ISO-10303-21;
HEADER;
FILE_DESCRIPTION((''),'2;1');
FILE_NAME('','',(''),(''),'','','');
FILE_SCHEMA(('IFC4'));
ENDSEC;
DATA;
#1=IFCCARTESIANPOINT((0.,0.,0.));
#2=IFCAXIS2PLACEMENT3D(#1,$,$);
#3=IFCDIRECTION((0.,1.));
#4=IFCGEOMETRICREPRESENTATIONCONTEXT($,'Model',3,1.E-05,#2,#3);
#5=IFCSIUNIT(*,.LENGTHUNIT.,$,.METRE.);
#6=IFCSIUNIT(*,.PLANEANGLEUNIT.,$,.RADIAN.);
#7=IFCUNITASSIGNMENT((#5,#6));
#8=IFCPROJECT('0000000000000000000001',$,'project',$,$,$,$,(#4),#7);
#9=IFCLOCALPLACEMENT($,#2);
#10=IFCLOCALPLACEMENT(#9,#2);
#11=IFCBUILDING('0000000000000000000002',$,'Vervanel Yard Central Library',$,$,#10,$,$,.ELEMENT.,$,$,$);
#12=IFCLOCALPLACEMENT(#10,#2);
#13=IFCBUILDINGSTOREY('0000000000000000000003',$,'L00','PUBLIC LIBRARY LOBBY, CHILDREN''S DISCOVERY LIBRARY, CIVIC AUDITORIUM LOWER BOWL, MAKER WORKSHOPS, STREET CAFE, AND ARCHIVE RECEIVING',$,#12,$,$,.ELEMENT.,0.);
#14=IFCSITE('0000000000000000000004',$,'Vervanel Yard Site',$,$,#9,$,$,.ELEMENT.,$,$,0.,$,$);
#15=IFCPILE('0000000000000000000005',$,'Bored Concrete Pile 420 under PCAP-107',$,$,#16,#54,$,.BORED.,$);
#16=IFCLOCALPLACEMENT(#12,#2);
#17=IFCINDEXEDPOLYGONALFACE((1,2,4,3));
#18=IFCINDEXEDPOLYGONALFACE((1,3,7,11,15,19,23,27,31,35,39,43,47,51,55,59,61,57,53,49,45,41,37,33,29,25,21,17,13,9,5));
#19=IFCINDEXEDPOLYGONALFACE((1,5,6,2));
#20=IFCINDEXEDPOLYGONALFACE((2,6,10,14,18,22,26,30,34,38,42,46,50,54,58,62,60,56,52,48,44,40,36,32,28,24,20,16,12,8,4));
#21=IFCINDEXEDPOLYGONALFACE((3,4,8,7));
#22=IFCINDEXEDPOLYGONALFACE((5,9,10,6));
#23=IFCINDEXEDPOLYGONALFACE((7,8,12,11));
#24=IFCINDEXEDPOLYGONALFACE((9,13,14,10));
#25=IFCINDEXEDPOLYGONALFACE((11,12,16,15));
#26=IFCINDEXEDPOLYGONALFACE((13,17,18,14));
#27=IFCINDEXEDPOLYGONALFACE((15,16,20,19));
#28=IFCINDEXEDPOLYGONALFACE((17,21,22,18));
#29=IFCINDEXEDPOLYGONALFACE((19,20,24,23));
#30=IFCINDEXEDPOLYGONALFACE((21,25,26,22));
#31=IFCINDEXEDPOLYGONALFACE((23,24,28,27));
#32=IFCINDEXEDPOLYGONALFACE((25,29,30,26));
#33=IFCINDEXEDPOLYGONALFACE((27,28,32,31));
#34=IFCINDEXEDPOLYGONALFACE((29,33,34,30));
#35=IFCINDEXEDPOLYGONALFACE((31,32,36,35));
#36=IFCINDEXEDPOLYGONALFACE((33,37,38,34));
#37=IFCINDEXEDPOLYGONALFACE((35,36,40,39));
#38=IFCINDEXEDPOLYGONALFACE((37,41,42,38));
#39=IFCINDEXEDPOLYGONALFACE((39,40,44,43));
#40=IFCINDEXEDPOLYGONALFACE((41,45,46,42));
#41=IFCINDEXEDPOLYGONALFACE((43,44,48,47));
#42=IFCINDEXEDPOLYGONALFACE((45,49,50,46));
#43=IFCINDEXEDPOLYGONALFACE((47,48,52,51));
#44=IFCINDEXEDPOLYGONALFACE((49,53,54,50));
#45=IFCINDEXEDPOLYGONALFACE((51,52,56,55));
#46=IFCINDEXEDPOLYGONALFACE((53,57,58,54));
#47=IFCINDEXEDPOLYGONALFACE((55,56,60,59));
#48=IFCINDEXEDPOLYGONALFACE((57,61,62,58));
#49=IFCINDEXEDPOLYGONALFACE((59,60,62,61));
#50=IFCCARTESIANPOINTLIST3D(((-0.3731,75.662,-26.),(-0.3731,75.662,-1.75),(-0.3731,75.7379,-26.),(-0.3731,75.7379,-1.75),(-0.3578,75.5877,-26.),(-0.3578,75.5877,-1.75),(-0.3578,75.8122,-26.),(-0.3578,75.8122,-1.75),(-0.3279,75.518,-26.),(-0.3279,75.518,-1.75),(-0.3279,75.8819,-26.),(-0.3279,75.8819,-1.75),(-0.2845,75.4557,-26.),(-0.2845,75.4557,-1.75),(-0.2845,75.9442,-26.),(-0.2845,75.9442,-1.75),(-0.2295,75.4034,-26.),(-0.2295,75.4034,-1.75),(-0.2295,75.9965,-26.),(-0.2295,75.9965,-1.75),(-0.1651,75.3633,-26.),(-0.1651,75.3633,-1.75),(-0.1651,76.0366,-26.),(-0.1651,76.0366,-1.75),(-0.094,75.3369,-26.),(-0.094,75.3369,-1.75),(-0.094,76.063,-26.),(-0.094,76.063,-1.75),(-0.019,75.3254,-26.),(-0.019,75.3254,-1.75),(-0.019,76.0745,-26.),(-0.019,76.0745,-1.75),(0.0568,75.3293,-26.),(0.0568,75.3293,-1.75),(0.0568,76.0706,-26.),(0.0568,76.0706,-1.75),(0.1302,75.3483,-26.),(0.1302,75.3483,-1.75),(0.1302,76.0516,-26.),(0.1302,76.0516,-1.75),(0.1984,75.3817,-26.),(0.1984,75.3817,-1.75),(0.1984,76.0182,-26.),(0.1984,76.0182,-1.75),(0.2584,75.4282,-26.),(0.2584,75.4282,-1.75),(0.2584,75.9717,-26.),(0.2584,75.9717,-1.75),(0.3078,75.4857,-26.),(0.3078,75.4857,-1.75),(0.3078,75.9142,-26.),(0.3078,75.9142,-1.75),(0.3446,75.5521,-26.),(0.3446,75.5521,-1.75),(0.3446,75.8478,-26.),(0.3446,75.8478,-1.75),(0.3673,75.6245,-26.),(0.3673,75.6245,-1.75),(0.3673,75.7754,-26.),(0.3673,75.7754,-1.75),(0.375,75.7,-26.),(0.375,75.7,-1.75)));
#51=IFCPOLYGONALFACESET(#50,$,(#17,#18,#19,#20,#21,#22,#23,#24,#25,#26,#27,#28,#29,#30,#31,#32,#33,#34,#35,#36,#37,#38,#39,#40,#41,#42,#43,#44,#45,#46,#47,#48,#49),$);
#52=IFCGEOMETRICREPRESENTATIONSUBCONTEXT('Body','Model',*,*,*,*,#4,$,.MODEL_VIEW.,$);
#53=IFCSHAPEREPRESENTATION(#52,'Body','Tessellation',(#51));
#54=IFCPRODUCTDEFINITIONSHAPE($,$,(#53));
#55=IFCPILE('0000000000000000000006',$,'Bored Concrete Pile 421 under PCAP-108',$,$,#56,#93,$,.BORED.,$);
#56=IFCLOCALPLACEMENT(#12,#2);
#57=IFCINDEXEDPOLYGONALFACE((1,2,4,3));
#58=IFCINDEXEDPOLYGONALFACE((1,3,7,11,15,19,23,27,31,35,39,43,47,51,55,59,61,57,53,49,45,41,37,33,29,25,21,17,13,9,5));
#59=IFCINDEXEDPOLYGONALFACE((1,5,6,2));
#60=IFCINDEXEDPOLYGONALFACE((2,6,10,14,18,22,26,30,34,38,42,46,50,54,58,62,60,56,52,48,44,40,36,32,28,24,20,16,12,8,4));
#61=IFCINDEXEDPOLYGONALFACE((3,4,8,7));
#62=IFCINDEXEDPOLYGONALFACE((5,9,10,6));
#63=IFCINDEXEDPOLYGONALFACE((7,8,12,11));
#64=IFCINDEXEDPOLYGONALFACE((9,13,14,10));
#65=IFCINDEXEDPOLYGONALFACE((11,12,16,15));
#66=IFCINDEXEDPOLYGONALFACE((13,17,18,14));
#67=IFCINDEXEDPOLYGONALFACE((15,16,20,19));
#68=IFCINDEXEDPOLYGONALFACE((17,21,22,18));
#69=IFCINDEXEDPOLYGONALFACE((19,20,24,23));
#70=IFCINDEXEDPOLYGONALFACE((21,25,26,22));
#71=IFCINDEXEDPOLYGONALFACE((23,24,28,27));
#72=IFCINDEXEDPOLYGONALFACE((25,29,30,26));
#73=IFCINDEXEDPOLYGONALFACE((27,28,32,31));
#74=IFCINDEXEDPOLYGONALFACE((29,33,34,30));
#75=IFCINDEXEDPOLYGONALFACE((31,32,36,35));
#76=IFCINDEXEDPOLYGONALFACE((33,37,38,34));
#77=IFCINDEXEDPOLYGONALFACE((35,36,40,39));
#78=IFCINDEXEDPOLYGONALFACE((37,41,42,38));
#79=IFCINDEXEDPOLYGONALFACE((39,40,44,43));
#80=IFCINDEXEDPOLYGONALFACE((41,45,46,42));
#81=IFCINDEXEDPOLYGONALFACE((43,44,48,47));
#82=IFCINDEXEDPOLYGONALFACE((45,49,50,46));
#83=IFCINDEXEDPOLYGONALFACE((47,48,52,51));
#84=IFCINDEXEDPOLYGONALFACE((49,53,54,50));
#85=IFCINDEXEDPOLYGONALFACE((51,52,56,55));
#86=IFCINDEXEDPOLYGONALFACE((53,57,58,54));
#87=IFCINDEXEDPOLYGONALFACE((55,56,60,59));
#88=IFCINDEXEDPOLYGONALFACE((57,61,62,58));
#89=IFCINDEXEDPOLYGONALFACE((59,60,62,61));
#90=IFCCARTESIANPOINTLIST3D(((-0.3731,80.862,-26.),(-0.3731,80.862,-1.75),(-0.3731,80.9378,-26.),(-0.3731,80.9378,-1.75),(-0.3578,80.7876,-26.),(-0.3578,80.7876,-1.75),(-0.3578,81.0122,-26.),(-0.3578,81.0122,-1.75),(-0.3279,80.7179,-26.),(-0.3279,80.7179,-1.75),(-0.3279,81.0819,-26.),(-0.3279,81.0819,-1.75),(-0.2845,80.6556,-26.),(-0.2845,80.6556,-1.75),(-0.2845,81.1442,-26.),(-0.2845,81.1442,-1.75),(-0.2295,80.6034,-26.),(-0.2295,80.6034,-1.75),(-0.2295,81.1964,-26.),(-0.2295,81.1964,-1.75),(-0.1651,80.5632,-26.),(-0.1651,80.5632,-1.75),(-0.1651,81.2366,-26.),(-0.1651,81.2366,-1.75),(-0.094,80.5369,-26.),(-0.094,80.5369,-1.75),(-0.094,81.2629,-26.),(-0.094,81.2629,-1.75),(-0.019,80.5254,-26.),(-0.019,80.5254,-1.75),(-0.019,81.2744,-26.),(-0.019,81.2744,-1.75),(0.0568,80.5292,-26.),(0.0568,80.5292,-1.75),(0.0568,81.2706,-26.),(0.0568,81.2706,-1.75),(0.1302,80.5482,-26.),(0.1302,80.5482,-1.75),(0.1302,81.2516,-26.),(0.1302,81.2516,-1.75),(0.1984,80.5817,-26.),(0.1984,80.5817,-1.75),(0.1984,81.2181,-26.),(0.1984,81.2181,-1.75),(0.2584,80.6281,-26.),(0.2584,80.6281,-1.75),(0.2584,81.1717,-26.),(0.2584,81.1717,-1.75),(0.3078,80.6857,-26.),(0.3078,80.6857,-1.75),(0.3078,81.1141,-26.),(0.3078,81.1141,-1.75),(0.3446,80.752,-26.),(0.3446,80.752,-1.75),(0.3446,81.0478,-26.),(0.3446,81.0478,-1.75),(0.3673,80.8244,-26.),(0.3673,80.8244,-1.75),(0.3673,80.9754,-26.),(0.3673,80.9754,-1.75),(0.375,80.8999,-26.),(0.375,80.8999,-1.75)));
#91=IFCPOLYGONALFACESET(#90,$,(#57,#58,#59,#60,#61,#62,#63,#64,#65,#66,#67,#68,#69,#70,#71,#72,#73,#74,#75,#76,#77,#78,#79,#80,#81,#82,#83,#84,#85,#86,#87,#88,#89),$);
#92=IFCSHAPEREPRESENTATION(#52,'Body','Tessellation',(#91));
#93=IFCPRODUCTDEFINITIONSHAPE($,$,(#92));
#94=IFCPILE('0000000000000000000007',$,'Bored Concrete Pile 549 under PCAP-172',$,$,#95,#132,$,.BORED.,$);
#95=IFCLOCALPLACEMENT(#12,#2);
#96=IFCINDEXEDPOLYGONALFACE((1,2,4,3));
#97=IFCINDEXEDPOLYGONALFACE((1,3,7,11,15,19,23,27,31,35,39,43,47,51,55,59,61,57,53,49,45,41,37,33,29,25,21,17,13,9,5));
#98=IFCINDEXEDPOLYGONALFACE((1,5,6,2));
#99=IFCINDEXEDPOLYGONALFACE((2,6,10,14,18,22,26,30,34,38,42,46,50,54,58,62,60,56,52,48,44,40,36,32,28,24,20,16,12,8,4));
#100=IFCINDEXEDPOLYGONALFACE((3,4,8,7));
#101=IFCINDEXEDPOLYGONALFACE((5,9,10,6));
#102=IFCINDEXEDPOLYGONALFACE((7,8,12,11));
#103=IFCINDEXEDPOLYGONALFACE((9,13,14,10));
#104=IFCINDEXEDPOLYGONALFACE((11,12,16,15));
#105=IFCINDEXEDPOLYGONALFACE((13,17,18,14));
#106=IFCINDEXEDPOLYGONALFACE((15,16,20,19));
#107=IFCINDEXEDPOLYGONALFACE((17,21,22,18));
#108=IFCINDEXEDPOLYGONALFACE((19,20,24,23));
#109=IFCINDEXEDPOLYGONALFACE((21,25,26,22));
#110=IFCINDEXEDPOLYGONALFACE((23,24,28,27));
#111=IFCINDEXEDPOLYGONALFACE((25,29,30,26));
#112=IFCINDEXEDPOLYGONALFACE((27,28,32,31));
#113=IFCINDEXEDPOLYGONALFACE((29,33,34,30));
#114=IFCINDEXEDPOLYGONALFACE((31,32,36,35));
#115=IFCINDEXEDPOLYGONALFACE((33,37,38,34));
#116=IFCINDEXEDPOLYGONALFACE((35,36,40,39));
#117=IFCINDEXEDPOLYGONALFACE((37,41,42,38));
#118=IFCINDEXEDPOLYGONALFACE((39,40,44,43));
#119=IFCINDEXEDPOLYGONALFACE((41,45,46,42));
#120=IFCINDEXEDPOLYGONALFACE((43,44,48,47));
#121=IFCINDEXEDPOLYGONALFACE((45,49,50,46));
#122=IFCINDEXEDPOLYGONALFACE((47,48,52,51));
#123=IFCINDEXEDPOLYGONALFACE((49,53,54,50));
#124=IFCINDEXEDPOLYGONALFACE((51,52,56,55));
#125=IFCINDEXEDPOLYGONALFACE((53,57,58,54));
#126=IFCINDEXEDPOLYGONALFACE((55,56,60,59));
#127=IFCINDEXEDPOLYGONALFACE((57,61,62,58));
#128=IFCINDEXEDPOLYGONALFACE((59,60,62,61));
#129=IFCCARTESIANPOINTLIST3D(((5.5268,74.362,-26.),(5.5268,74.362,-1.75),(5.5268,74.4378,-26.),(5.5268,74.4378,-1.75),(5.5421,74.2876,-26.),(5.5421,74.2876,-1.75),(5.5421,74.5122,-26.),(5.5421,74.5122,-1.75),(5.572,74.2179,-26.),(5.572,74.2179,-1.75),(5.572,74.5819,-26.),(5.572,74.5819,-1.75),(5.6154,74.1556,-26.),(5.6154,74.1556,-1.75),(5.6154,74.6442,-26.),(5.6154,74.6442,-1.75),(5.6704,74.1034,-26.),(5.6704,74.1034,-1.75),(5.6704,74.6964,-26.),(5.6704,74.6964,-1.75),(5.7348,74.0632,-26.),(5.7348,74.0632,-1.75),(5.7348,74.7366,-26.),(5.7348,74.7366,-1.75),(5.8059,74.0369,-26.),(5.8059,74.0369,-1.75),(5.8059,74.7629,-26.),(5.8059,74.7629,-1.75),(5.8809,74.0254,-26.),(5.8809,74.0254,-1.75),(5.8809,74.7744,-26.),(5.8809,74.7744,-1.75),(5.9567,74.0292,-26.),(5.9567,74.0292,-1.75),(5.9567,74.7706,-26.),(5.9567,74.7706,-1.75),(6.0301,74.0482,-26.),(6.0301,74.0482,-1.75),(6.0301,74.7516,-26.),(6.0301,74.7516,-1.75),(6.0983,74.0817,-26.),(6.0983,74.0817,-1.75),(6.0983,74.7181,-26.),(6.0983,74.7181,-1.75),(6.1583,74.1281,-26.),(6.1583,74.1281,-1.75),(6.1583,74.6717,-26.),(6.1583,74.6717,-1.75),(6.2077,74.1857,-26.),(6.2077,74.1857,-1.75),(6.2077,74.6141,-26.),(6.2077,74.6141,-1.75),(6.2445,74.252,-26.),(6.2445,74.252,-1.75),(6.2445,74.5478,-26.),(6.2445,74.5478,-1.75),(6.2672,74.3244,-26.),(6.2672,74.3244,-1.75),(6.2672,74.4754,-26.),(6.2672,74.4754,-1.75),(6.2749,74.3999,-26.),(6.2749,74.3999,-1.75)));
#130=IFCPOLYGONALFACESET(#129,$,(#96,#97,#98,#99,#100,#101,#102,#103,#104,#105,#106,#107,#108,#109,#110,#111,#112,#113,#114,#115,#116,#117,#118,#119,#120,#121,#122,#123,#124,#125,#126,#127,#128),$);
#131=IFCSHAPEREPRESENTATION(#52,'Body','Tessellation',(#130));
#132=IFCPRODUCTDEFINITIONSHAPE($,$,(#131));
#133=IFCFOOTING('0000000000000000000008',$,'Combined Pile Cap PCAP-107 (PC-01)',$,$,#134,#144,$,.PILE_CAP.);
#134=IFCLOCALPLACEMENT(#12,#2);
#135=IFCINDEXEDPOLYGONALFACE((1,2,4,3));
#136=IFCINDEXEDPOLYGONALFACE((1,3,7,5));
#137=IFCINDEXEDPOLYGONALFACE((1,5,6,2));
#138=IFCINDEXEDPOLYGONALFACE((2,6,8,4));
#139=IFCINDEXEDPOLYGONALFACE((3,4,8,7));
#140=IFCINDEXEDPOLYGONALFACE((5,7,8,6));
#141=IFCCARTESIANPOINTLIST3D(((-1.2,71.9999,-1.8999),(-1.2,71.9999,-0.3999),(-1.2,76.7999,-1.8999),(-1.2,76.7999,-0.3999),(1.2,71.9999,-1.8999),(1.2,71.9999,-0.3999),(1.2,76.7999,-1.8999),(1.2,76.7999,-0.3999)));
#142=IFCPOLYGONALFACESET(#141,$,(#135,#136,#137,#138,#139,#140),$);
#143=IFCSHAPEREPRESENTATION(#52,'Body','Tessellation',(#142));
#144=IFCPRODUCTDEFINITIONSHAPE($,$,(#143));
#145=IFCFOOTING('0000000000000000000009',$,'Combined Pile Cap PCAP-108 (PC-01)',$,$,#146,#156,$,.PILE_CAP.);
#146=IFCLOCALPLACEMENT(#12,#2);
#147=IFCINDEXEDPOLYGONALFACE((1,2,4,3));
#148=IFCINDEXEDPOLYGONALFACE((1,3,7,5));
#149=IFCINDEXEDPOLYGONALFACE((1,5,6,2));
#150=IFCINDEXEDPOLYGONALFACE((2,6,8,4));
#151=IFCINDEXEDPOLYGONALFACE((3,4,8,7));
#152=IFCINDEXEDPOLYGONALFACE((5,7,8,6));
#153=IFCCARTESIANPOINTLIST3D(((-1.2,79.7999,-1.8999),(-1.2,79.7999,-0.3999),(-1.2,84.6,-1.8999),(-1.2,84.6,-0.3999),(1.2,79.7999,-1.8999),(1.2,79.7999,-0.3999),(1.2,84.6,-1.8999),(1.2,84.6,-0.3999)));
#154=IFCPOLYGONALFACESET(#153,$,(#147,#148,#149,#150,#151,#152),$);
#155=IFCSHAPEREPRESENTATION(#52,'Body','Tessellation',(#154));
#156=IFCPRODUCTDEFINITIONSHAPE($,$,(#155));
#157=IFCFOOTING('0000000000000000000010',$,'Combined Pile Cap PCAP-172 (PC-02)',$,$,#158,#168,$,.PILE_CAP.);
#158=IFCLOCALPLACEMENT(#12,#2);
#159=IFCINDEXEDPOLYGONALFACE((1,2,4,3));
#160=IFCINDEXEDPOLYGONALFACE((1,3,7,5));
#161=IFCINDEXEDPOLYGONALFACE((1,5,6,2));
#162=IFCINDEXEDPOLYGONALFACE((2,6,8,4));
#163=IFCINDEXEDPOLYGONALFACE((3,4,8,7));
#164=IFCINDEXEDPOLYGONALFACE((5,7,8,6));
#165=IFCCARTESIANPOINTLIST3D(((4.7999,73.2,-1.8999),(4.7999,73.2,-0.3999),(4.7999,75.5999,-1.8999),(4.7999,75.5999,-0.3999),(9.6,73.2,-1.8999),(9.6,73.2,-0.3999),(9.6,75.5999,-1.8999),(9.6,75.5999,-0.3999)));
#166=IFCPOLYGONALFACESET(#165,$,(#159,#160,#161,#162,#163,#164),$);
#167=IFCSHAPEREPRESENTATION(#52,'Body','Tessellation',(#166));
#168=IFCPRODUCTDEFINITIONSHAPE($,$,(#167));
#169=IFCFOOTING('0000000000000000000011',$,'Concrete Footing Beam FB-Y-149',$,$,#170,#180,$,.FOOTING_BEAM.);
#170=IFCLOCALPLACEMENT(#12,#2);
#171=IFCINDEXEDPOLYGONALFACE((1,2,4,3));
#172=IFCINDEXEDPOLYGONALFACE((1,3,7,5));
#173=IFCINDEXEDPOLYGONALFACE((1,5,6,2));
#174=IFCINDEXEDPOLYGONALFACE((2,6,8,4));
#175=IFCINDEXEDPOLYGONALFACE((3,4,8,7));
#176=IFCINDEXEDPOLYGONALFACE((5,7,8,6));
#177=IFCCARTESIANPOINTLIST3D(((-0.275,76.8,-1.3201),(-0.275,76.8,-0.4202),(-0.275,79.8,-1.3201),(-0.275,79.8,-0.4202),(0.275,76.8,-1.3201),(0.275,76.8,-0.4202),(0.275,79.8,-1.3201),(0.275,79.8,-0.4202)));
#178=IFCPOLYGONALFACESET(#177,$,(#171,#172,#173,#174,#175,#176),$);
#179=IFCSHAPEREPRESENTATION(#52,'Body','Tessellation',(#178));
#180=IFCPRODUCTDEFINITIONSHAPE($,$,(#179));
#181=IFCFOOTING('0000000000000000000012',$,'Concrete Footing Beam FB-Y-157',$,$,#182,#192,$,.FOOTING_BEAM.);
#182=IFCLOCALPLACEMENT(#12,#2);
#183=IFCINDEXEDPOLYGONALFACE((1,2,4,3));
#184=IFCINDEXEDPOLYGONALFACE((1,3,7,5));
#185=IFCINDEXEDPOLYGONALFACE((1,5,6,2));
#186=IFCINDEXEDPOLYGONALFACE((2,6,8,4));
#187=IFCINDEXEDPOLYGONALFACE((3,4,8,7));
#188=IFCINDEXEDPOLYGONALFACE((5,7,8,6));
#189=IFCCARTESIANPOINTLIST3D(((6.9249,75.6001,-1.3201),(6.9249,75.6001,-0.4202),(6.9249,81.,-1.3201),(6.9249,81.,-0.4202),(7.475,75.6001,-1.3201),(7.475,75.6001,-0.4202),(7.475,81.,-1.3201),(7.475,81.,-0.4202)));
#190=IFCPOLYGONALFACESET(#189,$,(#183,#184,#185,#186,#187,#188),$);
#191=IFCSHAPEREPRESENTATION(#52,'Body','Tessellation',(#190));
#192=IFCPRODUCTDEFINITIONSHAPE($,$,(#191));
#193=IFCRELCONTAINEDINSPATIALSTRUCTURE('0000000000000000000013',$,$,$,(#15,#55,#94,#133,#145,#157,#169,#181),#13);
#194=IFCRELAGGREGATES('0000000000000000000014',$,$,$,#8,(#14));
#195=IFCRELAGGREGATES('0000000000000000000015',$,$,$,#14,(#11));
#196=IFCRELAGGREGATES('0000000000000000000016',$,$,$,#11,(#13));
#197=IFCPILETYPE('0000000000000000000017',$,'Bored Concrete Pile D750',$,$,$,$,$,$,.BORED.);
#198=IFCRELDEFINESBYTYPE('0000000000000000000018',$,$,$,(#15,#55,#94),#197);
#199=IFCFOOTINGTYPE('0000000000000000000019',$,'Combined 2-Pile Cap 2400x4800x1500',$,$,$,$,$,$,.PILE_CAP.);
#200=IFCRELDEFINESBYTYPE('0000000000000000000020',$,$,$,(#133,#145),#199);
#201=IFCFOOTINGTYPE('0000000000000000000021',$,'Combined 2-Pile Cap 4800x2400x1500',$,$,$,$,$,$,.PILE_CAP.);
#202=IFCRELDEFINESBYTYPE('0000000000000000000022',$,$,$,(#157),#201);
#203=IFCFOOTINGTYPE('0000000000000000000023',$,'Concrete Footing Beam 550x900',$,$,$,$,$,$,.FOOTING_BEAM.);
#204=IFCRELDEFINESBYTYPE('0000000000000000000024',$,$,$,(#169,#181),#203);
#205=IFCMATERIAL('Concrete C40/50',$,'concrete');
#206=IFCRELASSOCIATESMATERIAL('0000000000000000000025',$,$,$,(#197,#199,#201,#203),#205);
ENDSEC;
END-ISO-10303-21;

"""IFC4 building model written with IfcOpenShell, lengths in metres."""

from ifc_helpers import new_model, si_unit, direction, frame, origin, origin_2d, place, context, subcontext, project, spatial, rectangle, circle, extrude, material, material_profile, profile_set, type_object, element, save


model = new_model("IFC4")

# Units and contexts
model_context = context("Model", 3, precision=1e-05, world=origin(), true_north=direction((0.0, 1.0)))
body_context = subcontext(model_context, "Body", "Model", "MODEL_VIEW")
ifc_project = project(units=[si_unit("LENGTHUNIT", "METRE"), si_unit("PLANEANGLEUNIT", "RADIAN")], contexts=[model_context])

# Site, building, storey
site_placement = place(None, origin())
site = spatial("IfcSite", under=ifc_project, at=site_placement, Name="Vervanel Yard Site", CompositionType="ELEMENT", RefElevation=0.0)
building_placement = place(site_placement, origin())
building = spatial("IfcBuilding", under=site, at=building_placement, Name="Vervanel Yard Central Library", CompositionType="ELEMENT")
storey_placement = place(building_placement, origin())
storey = spatial("IfcBuildingStorey", under=building, at=storey_placement, Name="L00", Description="PUBLIC LIBRARY LOBBY, CHILDREN'S DISCOVERY LIBRARY, CIVIC AUDITORIUM LOWER BOWL, MAKER WORKSHOPS, STREET CAFE, AND ARCHIVE RECEIVING", CompositionType="ELEMENT", Elevation=0.0)

# Piles
ifc_material_1 = material(Name="Concrete C40/50", Category="concrete")
ifc_material_profile_1 = material_profile(ifc_material_1, circle(Radius=0.375, at=origin_2d()), Name="BP D750", Category="concrete")
ifc_profile_set_1 = profile_set([ifc_material_profile_1], Name="Concrete C40/50")
pile_type = type_object("IfcPileType", Name="Bored Concrete Pile D750", PredefinedType="BORED", material=ifc_profile_set_1)
for number, where, z_axis, x_axis, name in (
    (1, (0.0, 75.7, -1.75), (0.0, 0.0, -1.0), (1.0, 0.0, 0.0), "Bored Concrete Pile 420 under PCAP-107"),
    (2, (0.0, 80.8999, -1.75), (0.0, 0.0, -1.0), (1.0, 0.0, 0.0), "Bored Concrete Pile 421 under PCAP-108"),
    (3, (5.8999, 74.3999, -1.75), (0.0, 0.0, -1.0), (1.0, 0.0, 0.0), "Bored Concrete Pile 549 under PCAP-172"),
):
    element("IfcPile", number, at=place(storey_placement, frame(where, z_axis=z_axis, x_axis=x_axis)), inside=storey, type_object=pile_type, Name=name, PredefinedType="BORED", context=body_context, shape_type="SweptSolid", body=[
        extrude(circle(Radius=0.375, at=origin_2d()), origin(), (0.0, 0.0, 1.0), 24.25),
    ])

# Footings
footing_type_1 = type_object("IfcFootingType", Name="Combined 2-Pile Cap 2400x4800x1500", PredefinedType="PILE_CAP", material=ifc_material_1)
for number, where, z_axis, x_axis, name in (
    (4, (0.0, 74.3999, -1.8999), (0.0, 0.0, 1.0), (1.0, 0.0, 0.0), "Combined Pile Cap PCAP-107 (PC-01)"),
    (5, (0.0, 82.2, -1.8999), (0.0, 0.0, 1.0), (1.0, 0.0, 0.0), "Combined Pile Cap PCAP-108 (PC-01)"),
):
    element("IfcFooting", number, at=place(storey_placement, frame(where, z_axis=z_axis, x_axis=x_axis)), inside=storey, type_object=footing_type_1, Name=name, PredefinedType="PILE_CAP", context=body_context, shape_type="SweptSolid", body=[
        extrude(rectangle(XDim=2.3999, YDim=4.8, at=origin_2d()), origin(), (0.0, 0.0, 1.0), 1.5),
    ])
footing_type_2 = type_object("IfcFootingType", Name="Combined 2-Pile Cap 4800x2400x1500", PredefinedType="PILE_CAP", material=ifc_material_1)
footing_1_placement = place(storey_placement, frame((7.2, 74.3999, -1.8999), z_axis=(0.0, 0.0, 1.0), x_axis=(1.0, 0.0, 0.0)))
element("IfcFooting", 6, at=footing_1_placement, inside=storey, type_object=footing_type_2, Name="Combined Pile Cap PCAP-172 (PC-02)", PredefinedType="PILE_CAP", context=body_context, shape_type="SweptSolid", body=[
    extrude(rectangle(XDim=4.8, YDim=2.3999, at=origin_2d()), origin(), (0.0, 0.0, 1.0), 1.5),
])
ifc_material_profile_2 = material_profile(ifc_material_1, rectangle(XDim=0.55, YDim=0.8999, at=origin_2d()), Name="RC 550x900", Category="concrete")
ifc_profile_set_2 = profile_set([ifc_material_profile_2], Name="Concrete C40/50")
footing_type_3 = type_object("IfcFootingType", Name="Concrete Footing Beam 550x900", PredefinedType="FOOTING_BEAM", material=ifc_profile_set_2)
footing_2_placement = place(storey_placement, frame((0.0, 76.8, -0.8701), z_axis=(0.0, 1.0, 0.0), x_axis=(-1.0, 0.0, 0.0)))
element("IfcFooting", 7, at=footing_2_placement, inside=storey, type_object=footing_type_3, Name="Concrete Footing Beam FB-Y-149", PredefinedType="FOOTING_BEAM", context=body_context, shape_type="SweptSolid", body=[
    extrude(rectangle(XDim=0.55, YDim=0.8999, at=origin_2d()), origin(), (0.0, 0.0, 1.0), 3.0),
])
footing_3_placement = place(storey_placement, frame((7.2, 75.6001, -0.8701), z_axis=(0.0, 1.0, 0.0), x_axis=(-1.0, 0.0, 0.0)))
element("IfcFooting", 8, at=footing_3_placement, inside=storey, type_object=footing_type_3, Name="Concrete Footing Beam FB-Y-157", PredefinedType="FOOTING_BEAM", context=body_context, shape_type="SweptSolid", body=[
    extrude(rectangle(XDim=0.55, YDim=0.8999, at=origin_2d()), origin(), (0.0, 0.0, 1.0), 5.3999),
])

save(model, "model.ifc")
